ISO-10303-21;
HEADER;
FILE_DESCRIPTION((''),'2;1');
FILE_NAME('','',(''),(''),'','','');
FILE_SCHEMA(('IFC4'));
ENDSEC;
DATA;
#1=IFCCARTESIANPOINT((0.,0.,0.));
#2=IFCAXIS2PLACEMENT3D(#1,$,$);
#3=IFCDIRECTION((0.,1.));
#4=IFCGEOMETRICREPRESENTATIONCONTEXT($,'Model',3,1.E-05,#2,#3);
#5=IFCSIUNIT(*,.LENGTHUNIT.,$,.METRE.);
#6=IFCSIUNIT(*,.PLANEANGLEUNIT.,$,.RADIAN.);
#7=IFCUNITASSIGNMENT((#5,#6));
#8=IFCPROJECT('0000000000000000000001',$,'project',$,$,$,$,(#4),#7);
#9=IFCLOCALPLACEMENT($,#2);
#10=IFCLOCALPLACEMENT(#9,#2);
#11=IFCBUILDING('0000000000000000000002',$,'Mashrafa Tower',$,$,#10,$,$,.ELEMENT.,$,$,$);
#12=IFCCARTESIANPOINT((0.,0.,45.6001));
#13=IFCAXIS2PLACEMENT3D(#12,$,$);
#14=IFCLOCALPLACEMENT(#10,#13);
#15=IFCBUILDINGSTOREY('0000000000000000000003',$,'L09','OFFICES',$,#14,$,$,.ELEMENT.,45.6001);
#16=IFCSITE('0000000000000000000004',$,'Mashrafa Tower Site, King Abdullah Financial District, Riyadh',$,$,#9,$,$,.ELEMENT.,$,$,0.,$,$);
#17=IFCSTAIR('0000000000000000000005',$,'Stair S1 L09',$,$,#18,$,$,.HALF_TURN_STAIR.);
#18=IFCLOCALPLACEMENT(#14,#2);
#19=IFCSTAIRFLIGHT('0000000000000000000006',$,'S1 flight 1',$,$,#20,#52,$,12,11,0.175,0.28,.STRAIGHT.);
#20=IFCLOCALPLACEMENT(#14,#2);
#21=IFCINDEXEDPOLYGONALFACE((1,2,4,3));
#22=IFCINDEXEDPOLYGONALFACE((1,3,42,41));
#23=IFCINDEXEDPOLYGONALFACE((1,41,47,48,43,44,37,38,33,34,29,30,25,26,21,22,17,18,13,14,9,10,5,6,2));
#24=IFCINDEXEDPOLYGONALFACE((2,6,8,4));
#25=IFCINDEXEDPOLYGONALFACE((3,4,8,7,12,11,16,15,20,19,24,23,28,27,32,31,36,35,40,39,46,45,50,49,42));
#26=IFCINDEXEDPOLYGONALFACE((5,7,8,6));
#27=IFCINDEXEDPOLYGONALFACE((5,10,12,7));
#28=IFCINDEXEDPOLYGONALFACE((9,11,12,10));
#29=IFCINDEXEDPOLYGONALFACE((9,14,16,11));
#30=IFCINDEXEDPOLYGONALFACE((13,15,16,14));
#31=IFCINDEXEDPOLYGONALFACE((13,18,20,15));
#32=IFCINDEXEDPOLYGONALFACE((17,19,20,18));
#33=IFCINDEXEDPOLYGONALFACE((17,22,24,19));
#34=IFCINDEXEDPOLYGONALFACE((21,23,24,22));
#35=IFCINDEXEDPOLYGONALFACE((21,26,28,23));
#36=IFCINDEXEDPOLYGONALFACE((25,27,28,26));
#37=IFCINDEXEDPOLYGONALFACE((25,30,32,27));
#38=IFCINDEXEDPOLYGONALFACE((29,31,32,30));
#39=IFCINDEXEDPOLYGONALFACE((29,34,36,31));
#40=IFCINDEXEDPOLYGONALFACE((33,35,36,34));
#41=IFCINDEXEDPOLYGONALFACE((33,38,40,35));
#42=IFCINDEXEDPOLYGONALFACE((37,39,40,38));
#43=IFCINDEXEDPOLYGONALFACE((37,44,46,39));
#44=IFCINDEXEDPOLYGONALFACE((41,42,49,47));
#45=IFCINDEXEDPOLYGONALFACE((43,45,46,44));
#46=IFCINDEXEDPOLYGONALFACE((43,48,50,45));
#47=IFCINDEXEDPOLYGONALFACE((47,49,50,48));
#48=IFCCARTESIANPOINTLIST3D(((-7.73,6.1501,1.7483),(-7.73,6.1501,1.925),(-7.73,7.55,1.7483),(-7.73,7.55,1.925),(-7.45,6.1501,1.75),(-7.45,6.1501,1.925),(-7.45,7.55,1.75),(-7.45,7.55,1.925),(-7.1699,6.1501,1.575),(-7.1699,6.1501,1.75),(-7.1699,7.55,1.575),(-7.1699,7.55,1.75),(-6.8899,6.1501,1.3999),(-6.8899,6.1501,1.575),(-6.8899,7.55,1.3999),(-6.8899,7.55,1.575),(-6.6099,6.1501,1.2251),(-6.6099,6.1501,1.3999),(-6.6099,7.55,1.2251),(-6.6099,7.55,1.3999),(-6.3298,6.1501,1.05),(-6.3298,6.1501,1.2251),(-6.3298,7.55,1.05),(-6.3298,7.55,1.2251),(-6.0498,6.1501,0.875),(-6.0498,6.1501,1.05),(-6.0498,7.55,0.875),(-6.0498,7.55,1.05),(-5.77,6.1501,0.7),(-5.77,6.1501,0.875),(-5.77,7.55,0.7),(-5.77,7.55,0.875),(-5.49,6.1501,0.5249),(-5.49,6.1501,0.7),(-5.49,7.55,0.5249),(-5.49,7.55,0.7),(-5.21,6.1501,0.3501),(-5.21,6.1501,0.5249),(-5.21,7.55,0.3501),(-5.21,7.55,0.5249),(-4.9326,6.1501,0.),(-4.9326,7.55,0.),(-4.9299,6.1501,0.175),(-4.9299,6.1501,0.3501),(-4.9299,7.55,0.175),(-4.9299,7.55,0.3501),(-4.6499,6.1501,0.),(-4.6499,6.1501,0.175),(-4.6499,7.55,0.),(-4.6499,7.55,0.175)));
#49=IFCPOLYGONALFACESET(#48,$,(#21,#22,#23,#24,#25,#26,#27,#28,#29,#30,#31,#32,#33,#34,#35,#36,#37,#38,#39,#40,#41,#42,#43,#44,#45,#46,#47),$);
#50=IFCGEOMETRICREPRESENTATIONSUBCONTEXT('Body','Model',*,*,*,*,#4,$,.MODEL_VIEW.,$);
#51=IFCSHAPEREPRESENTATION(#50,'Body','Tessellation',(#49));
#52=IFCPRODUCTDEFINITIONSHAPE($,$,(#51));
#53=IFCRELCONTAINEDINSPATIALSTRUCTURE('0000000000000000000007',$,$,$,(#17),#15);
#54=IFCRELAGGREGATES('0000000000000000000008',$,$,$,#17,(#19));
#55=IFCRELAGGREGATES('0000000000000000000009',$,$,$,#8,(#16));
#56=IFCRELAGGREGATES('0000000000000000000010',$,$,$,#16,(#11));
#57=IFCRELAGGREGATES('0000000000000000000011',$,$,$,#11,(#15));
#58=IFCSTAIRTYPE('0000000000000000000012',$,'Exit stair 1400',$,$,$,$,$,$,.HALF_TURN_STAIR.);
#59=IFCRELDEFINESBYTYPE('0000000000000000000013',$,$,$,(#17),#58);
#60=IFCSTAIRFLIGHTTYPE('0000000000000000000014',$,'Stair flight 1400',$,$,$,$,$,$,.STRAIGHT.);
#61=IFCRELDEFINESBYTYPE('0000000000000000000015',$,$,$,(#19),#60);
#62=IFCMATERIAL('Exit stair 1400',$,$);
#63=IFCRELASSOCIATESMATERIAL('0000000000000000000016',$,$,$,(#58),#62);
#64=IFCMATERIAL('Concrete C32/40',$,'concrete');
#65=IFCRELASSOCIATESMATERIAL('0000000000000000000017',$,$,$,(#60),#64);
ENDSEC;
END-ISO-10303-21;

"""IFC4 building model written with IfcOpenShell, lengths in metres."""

from ifc_helpers import new_model, si_unit, direction, frame, origin, place, context, subcontext, project, spatial, polyline, outline, extrude, material, type_object, element, aggregate, save


model = new_model("IFC4")

# Units and contexts
model_context = context("Model", 3, precision=1e-05, world=origin(), true_north=direction((0.0, 1.0)))
body_context = subcontext(model_context, "Body", "Model", "MODEL_VIEW")
ifc_project = project(units=[si_unit("LENGTHUNIT", "METRE"), si_unit("PLANEANGLEUNIT", "RADIAN")], contexts=[model_context])

# Site, building, storey
site_placement = place(None, origin())
site = spatial("IfcSite", under=ifc_project, at=site_placement, Name="Mashrafa Tower Site, King Abdullah Financial District, Riyadh", CompositionType="ELEMENT", RefElevation=0.0)
building_placement = place(site_placement, origin())
building = spatial("IfcBuilding", under=site, at=building_placement, Name="Mashrafa Tower", CompositionType="ELEMENT")
storey_placement = place(building_placement, frame((0.0, 0.0, 45.6001)))
storey = spatial("IfcBuildingStorey", under=building, at=storey_placement, Name="L09", Description="OFFICES", CompositionType="ELEMENT", Elevation=45.6001)

# Stair, stair flight
ifc_material_1 = material(Name="Exit stair 1400")
stair_type = type_object("IfcStairType", Name="Exit stair 1400", PredefinedType="HALF_TURN_STAIR", material=ifc_material_1)
stair_placement = place(storey_placement, origin())
stair = element("IfcStair", 1, at=stair_placement, inside=storey, type_object=stair_type, Name="Stair S1 L09", PredefinedType="HALF_TURN_STAIR")
ifc_material_2 = material(Name="Concrete C32/40", Category="concrete")
stair_flight_type = type_object("IfcStairFlightType", Name="Stair flight 1400", PredefinedType="STRAIGHT", material=ifc_material_2)
stair_flight_placement = place(storey_placement, frame((-4.6499, 6.8501, 0.0), z_axis=(0.0, 0.0, 1.0), x_axis=(-1.0, 0.0, 0.0)))
stair_flight = element("IfcStairFlight", 2, at=stair_flight_placement, type_object=stair_flight_type, Name="S1 flight 1", NumberOfRisers=12, NumberOfTreads=11, PredefinedType="STRAIGHT", RiserHeight=0.175, TreadLength=0.28, context=body_context, shape_type="SweptSolid", body=[
    extrude(outline(polyline([(0.0, 0.0), (0.0, 0.175), (0.28, 0.175), (0.28, 0.3501), (0.5601, 0.3501), (0.5601, 0.5249), (0.8401, 0.5249), (0.8401, 0.7), (1.1201, 0.7), (1.1201, 0.875), (1.3999, 0.875), (1.3999, 1.05), (1.6799, 1.05), (1.6799, 1.2251), (1.96, 1.2251), (1.96, 1.3999), (2.24, 1.3999), (2.24, 1.575), (2.52, 1.575), (2.52, 1.75), (2.8, 1.75), (2.8, 1.925), (3.0801, 1.925), (3.0801, 2.1001), (3.0801, 1.7483), (0.2827, 0.0), (0.0, 0.0)])), frame((0.0, 0.7, 0.0), z_axis=(0.0, -1.0, 0.0), x_axis=(1.0, 0.0, 0.0)), (0.0, 0.0, 1.0), 1.3999),
])
aggregate(stair, [stair_flight])

save(model, "model.ifc")
